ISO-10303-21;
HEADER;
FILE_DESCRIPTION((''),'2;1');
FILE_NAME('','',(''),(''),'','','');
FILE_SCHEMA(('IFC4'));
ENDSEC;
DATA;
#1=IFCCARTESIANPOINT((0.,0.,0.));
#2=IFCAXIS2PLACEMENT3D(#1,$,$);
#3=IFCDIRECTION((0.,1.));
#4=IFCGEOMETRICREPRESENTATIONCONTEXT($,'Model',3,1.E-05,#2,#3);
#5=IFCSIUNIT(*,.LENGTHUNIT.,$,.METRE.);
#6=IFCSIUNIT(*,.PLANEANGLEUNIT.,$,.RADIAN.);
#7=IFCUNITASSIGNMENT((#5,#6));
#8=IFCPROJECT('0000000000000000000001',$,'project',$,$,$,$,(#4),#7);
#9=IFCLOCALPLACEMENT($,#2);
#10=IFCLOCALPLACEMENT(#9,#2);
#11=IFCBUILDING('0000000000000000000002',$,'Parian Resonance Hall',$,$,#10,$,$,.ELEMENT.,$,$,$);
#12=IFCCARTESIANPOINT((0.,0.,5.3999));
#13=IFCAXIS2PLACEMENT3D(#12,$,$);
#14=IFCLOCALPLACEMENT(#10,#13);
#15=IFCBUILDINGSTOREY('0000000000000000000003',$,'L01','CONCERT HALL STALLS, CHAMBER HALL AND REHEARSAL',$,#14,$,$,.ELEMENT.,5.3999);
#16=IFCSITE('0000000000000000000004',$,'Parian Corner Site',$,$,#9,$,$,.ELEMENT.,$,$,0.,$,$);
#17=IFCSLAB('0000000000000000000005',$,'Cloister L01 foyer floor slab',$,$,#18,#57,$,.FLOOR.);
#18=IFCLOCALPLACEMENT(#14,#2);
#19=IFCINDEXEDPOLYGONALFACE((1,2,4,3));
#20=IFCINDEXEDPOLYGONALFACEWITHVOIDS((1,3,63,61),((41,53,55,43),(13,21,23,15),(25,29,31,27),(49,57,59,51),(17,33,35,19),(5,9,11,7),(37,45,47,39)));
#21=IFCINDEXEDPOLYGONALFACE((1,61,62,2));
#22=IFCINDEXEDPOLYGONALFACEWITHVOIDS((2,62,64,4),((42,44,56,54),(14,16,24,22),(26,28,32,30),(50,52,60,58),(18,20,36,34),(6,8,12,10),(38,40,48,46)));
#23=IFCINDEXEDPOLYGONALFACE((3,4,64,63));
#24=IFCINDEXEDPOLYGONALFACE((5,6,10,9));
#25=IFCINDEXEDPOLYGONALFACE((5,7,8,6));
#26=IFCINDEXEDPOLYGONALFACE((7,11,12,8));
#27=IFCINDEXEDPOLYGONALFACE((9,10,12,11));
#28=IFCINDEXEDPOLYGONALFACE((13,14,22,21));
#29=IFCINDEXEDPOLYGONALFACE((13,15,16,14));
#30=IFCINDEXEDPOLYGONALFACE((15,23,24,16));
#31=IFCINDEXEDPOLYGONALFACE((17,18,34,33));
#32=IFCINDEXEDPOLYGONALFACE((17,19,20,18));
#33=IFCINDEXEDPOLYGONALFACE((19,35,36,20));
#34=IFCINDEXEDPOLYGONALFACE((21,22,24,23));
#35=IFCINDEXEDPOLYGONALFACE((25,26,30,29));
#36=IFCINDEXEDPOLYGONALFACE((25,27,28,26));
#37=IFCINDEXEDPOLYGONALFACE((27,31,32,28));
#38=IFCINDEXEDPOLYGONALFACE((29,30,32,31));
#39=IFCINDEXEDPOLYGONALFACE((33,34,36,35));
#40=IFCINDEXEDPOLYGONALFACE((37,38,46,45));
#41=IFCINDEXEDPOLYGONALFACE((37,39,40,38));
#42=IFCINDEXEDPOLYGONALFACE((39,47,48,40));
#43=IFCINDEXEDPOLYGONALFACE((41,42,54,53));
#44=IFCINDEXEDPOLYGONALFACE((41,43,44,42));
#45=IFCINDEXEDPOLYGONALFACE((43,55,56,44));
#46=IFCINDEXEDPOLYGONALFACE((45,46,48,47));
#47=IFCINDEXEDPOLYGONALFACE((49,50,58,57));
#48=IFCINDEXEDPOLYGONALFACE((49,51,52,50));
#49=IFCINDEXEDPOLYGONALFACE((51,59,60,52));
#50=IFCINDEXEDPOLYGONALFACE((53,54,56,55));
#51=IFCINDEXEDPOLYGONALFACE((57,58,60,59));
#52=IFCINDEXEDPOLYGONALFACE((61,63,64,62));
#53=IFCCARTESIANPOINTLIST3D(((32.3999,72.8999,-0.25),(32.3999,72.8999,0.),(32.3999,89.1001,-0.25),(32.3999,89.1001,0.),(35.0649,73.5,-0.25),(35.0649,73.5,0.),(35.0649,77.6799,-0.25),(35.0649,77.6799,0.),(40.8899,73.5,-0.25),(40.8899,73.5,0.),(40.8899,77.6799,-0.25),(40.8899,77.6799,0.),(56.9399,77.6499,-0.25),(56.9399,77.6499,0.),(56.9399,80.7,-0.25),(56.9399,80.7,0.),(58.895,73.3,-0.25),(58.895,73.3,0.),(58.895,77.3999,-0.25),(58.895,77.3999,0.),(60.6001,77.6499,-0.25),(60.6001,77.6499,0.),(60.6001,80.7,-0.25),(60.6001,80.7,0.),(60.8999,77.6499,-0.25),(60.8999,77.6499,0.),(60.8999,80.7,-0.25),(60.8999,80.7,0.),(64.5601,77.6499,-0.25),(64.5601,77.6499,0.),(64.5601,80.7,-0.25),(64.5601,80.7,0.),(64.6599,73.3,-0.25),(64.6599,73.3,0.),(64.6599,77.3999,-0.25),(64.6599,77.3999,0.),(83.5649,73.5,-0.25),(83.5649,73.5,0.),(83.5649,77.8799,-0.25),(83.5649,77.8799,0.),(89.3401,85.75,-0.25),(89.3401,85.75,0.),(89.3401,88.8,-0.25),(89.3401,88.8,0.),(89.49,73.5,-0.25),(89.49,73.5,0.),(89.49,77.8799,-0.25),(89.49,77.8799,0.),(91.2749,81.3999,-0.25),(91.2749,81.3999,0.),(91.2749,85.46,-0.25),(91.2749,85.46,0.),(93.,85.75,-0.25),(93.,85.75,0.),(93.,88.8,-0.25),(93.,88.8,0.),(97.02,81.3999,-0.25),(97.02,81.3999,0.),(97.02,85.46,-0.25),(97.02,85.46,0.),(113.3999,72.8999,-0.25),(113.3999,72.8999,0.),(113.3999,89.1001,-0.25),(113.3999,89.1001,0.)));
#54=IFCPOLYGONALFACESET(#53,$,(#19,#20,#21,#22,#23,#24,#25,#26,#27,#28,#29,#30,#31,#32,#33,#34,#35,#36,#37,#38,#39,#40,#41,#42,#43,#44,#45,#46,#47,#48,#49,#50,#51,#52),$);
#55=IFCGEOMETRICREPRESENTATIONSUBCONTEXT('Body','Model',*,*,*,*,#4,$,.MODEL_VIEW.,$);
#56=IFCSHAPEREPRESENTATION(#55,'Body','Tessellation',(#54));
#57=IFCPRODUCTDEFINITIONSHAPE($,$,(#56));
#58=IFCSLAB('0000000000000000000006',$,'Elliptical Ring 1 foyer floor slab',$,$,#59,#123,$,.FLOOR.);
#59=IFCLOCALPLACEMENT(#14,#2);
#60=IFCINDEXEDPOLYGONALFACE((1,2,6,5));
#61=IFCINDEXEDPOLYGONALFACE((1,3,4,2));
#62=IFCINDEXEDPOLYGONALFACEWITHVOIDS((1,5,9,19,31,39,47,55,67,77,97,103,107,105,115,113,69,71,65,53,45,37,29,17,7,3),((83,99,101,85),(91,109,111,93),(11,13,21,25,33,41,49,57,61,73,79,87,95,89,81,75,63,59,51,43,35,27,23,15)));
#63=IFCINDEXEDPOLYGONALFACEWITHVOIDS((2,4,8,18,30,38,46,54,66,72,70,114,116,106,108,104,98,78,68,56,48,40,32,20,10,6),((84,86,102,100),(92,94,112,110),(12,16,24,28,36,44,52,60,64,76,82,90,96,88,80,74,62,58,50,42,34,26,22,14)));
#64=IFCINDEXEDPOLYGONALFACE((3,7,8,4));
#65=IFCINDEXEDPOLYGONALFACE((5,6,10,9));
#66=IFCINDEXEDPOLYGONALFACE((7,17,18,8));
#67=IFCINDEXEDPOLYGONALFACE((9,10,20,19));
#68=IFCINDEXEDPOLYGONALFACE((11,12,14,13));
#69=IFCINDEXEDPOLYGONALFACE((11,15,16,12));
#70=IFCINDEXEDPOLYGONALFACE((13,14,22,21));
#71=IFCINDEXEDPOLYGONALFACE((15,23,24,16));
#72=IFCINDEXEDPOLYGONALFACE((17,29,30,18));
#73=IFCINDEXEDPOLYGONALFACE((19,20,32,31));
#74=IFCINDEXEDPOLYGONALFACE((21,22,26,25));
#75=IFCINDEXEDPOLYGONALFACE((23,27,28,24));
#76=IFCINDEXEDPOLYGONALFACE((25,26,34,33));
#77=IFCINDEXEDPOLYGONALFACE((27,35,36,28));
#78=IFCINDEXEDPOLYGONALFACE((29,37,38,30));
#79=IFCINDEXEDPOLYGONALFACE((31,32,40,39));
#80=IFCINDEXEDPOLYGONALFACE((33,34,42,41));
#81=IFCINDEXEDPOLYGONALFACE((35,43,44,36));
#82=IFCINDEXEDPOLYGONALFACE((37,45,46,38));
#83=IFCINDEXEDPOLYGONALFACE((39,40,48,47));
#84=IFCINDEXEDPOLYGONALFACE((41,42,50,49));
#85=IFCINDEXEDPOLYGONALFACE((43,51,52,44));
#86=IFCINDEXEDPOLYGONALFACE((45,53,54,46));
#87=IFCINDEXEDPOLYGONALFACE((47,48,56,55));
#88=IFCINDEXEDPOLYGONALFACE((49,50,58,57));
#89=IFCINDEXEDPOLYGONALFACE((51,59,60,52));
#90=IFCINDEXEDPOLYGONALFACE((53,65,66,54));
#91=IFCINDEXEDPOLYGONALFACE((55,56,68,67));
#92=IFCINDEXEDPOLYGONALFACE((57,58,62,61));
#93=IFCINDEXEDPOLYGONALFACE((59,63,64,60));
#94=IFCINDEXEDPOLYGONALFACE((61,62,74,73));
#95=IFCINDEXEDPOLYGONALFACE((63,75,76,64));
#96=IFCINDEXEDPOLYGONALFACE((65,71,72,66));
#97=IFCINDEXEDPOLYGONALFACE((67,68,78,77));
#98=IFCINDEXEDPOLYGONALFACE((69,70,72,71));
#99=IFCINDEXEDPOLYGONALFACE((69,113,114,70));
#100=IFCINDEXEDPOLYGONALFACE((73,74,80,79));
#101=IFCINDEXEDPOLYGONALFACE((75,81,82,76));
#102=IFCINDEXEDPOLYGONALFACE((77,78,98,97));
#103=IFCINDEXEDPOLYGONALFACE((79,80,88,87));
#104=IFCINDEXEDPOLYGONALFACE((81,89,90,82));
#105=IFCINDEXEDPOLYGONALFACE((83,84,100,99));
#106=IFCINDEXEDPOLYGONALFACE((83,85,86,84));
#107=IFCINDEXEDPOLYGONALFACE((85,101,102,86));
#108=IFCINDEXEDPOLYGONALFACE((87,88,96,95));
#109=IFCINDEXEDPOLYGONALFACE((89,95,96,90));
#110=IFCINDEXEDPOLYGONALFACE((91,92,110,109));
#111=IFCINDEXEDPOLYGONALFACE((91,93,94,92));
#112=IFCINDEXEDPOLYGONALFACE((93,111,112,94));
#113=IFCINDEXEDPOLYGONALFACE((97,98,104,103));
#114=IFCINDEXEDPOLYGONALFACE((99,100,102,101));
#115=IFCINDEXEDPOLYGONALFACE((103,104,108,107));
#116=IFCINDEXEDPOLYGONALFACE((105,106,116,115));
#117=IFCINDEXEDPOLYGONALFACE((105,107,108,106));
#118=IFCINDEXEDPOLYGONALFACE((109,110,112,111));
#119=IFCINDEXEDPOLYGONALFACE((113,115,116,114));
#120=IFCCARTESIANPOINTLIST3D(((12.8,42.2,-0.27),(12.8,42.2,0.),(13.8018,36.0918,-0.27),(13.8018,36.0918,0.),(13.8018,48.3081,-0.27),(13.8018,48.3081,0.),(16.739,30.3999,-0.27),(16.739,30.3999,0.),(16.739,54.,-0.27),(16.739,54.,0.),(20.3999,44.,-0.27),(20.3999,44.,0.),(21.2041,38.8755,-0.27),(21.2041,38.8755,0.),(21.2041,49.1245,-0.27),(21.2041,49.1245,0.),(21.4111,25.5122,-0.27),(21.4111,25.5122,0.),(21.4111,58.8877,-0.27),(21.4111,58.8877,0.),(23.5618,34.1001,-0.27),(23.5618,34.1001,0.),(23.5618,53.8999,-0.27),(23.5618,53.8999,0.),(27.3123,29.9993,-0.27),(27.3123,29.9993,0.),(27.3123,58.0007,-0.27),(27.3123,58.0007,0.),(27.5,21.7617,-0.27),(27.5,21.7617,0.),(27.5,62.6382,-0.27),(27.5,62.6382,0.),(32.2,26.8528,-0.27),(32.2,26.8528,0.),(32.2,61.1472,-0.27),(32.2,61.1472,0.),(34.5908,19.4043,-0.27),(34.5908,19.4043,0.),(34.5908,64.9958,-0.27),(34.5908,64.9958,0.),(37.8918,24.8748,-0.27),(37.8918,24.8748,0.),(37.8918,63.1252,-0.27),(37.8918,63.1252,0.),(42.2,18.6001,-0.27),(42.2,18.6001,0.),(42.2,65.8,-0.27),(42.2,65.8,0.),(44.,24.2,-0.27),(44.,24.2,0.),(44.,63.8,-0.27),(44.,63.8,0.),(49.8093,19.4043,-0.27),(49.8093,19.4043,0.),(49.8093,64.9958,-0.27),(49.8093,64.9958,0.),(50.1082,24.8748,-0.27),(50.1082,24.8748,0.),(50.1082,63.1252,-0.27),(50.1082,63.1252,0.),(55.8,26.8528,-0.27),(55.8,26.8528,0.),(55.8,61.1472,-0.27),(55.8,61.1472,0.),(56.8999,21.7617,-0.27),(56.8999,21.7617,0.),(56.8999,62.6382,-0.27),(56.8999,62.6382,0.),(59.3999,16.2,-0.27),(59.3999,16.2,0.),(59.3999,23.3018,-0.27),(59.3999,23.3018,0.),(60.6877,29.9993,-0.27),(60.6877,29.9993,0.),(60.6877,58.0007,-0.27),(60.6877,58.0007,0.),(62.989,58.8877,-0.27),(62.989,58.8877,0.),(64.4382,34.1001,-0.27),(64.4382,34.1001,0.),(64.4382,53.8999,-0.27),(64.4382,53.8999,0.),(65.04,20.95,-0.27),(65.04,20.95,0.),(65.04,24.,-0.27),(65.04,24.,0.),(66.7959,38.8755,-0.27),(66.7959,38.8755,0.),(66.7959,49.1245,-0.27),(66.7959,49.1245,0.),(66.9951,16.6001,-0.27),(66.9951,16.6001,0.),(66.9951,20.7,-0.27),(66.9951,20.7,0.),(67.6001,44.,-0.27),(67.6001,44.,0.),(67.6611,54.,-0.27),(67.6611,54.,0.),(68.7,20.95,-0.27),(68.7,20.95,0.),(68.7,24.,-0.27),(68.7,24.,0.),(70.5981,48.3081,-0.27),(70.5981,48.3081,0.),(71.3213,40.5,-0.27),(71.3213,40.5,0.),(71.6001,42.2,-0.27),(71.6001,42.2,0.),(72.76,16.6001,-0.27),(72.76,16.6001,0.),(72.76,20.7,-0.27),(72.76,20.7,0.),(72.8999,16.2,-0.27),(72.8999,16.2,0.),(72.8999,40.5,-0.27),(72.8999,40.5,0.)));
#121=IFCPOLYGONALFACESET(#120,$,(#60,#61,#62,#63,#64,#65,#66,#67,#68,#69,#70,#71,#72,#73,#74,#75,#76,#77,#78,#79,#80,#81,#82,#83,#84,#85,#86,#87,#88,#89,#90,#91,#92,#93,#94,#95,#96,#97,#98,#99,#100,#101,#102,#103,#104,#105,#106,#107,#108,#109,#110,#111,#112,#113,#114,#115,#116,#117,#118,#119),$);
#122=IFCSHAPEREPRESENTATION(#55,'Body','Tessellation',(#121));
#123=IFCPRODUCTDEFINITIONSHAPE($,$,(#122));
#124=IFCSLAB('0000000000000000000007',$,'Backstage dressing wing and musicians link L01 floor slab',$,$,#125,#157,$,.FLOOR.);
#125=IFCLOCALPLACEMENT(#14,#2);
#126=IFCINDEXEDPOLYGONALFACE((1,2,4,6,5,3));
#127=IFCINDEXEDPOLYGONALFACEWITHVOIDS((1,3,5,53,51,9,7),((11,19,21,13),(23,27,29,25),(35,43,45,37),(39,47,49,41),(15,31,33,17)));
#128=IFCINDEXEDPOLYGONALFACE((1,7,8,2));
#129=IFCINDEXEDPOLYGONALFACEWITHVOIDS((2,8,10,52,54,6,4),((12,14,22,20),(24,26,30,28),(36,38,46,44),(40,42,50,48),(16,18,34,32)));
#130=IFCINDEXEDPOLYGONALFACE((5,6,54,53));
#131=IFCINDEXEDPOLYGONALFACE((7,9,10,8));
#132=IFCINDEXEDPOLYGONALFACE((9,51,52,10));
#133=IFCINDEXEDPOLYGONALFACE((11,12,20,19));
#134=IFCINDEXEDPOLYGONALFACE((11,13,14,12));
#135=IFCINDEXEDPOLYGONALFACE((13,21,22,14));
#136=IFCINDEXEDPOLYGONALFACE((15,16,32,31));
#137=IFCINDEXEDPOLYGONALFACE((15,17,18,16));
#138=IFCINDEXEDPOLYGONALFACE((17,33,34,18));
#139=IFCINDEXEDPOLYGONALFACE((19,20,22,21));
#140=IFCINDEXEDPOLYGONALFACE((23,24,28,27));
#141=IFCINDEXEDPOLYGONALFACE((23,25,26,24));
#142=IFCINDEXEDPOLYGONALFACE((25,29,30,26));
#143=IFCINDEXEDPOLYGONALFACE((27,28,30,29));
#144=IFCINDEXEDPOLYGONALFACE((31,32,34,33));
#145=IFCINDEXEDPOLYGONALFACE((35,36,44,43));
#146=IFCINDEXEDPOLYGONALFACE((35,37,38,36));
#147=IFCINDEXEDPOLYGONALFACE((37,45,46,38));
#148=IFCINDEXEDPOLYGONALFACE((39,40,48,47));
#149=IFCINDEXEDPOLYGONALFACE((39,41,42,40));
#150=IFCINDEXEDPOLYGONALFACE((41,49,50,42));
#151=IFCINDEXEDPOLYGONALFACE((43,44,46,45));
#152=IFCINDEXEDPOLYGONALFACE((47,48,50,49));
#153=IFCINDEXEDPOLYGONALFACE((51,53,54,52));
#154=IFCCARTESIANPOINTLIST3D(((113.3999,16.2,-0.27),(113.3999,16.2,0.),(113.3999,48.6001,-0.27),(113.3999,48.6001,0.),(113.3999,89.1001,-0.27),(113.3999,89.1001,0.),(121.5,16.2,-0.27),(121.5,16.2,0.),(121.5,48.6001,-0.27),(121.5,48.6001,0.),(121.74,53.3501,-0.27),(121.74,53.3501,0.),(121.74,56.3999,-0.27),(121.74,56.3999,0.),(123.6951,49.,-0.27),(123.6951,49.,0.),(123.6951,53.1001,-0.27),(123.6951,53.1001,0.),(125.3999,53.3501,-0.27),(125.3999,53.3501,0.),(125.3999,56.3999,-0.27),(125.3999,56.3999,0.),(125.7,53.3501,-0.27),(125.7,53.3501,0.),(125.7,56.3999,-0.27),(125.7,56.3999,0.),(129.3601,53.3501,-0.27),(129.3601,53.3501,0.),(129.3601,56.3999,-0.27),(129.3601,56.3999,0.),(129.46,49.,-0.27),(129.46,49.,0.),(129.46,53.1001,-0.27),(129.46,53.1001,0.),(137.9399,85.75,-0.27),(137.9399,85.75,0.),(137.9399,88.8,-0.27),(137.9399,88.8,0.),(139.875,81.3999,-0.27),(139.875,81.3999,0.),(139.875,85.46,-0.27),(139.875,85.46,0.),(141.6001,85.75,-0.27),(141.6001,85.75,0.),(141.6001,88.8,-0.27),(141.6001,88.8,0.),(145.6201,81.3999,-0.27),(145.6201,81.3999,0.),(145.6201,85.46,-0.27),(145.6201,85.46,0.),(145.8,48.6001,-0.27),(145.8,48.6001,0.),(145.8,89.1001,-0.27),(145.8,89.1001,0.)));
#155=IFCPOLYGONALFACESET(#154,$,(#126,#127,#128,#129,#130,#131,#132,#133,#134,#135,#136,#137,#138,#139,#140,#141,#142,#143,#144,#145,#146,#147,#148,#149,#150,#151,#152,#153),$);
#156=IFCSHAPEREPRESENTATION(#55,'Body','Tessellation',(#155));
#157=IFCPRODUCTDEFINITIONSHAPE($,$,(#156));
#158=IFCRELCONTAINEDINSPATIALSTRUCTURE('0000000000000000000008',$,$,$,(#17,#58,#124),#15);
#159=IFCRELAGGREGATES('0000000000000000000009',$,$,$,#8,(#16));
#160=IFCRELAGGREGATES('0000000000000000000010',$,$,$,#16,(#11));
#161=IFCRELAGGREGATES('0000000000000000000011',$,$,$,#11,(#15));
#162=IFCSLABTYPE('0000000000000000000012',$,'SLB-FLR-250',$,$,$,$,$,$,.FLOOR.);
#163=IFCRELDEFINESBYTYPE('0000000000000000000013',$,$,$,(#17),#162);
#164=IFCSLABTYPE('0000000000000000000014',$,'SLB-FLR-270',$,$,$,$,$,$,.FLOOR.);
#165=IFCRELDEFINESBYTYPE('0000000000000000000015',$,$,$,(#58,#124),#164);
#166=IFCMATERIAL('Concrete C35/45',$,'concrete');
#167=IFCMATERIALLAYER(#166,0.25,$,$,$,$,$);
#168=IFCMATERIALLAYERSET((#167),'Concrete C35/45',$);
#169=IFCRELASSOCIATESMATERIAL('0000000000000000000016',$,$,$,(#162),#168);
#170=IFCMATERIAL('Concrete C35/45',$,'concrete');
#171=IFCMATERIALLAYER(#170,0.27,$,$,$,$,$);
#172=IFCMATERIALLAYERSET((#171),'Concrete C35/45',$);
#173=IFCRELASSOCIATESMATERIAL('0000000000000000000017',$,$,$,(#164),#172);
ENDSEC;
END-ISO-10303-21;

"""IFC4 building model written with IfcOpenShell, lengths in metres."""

from ifc_helpers import new_model, si_unit, direction, frame, origin, place, context, subcontext, project, spatial, polyline, outline, extrude, material, layer, layer_set, type_object, element, save


model = new_model("IFC4")

# Units and contexts
model_context = context("Model", 3, precision=1e-05, world=origin(), true_north=direction((0.0, 1.0)))
body_context = subcontext(model_context, "Body", "Model", "MODEL_VIEW")
ifc_project = project(units=[si_unit("LENGTHUNIT", "METRE"), si_unit("PLANEANGLEUNIT", "RADIAN")], contexts=[model_context])

# Site, building, storey
site_placement = place(None, origin())
site = spatial("IfcSite", under=ifc_project, at=site_placement, Name="Parian Corner Site", CompositionType="ELEMENT", RefElevation=0.0)
building_placement = place(site_placement, origin())
building = spatial("IfcBuilding", under=site, at=building_placement, Name="Parian Resonance Hall", CompositionType="ELEMENT")
storey_placement = place(building_placement, frame((0.0, 0.0, 5.3999)))
storey = spatial("IfcBuildingStorey", under=building, at=storey_placement, Name="L01", Description="CONCERT HALL STALLS, CHAMBER HALL AND REHEARSAL", CompositionType="ELEMENT", Elevation=5.3999)

# Slabs
ifc_material_1 = material(Name="Concrete C35/45", Category="concrete")
ifc_layer_1 = layer(ifc_material_1, 0.25)
ifc_layer_set_1 = layer_set([ifc_layer_1], Name="Concrete C35/45")
slab_type_1 = type_object("IfcSlabType", Name="SLB-FLR-250", PredefinedType="FLOOR", material=ifc_layer_set_1)
slab_1_placement = place(storey_placement, frame((0.0, 0.0, -0.25)))
element("IfcSlab", 1, at=slab_1_placement, inside=storey, type_object=slab_type_1, Name="Cloister L01 foyer floor slab", PredefinedType="FLOOR", context=body_context, shape_type="SweptSolid", body=[
    extrude(outline(polyline([(32.3999, 72.8999), (113.3999, 72.8999), (113.3999, 89.1001), (32.3999, 89.1001), (32.3999, 72.8999)]), holes=[polyline([(64.6599, 77.3999), (64.6599, 73.3), (58.895, 73.3), (58.895, 77.3999), (64.6599, 77.3999)]), polyline([(40.8899, 73.5), (35.0649, 73.5), (35.0649, 77.6799), (40.8899, 77.6799), (40.8899, 73.5)]), polyline([(89.49, 73.5), (83.5649, 73.5), (83.5649, 77.8799), (89.49, 77.8799), (89.49, 73.5)]), polyline([(60.6001, 77.6499), (56.9399, 77.6499), (56.9399, 80.7), (60.6001, 80.7), (60.6001, 77.6499)]), polyline([(64.5601, 77.6499), (60.8999, 77.6499), (60.8999, 80.7), (64.5601, 80.7), (64.5601, 77.6499)]), polyline([(97.02, 81.3999), (91.2749, 81.3999), (91.2749, 85.46), (97.02, 85.46), (97.02, 81.3999)]), polyline([(93.0, 85.75), (89.3401, 85.75), (89.3401, 88.8), (93.0, 88.8), (93.0, 85.75)])]), origin(), (0.0, 0.0, 1.0), 0.25),
])
ifc_material_2 = material(Name="Concrete C35/45", Category="concrete")
ifc_layer_2 = layer(ifc_material_2, 0.27)
ifc_layer_set_2 = layer_set([ifc_layer_2], Name="Concrete C35/45")
slab_type_2 = type_object("IfcSlabType", Name="SLB-FLR-270", PredefinedType="FLOOR", material=ifc_layer_set_2)
slab_2_placement = place(storey_placement, frame((0.0, 0.0, -0.27)))
element("IfcSlab", 2, at=slab_2_placement, inside=storey, type_object=slab_type_2, Name="Elliptical Ring 1 foyer floor slab", PredefinedType="FLOOR", context=body_context, shape_type="SweptSolid", body=[
    extrude(outline(polyline([(72.8999, 16.2), (72.8999, 40.5), (71.3213, 40.5), (71.6001, 42.2), (70.5981, 48.3081), (67.6611, 54.0), (62.989, 58.8877), (56.8999, 62.6382), (49.8093, 64.9958), (42.2, 65.8), (34.5908, 64.9958), (27.5, 62.6382), (21.4111, 58.8877), (16.739, 54.0), (13.8018, 48.3081), (12.8, 42.2), (13.8018, 36.0918), (16.739, 30.3999), (21.4111, 25.5122), (27.5, 21.7617), (34.5908, 19.4043), (42.2, 18.6001), (49.8093, 19.4043), (56.8999, 21.7617), (59.3999, 23.3018), (59.3999, 16.2), (72.8999, 16.2)]), holes=[polyline([(66.7959, 49.1245), (67.6001, 44.0), (66.7959, 38.8755), (64.4382, 34.1001), (60.6877, 29.9993), (55.8, 26.8528), (50.1082, 24.8748), (44.0, 24.2), (37.8918, 24.8748), (32.2, 26.8528), (27.3123, 29.9993), (23.5618, 34.1001), (21.2041, 38.8755), (20.3999, 44.0), (21.2041, 49.1245), (23.5618, 53.8999), (27.3123, 58.0007), (32.2, 61.1472), (37.8918, 63.1252), (44.0, 63.8), (50.1082, 63.1252), (55.8, 61.1472), (60.6877, 58.0007), (64.4382, 53.8999), (66.7959, 49.1245)]), polyline([(66.9951, 20.7), (72.76, 20.7), (72.76, 16.6001), (66.9951, 16.6001), (66.9951, 20.7)]), polyline([(65.04, 24.0), (68.7, 24.0), (68.7, 20.95), (65.04, 20.95), (65.04, 24.0)])]), origin(), (0.0, 0.0, 1.0), 0.27),
])
slab_3_placement = place(storey_placement, frame((0.0, 0.0, -0.27)))
element("IfcSlab", 3, at=slab_3_placement, inside=storey, type_object=slab_type_2, Name="Backstage dressing wing and musicians link L01 floor slab", PredefinedType="FLOOR", context=body_context, shape_type="SweptSolid", body=[
    extrude(outline(polyline([(121.5, 16.2), (121.5, 48.6001), (145.8, 48.6001), (145.8, 89.1001), (113.3999, 89.1001), (113.3999, 48.6001), (113.3999, 16.2), (121.5, 16.2)]), holes=[polyline([(129.46, 53.1001), (129.46, 49.0), (123.6951, 49.0), (123.6951, 53.1001), (129.46, 53.1001)]), polyline([(125.3999, 56.3999), (125.3999, 53.3501), (121.74, 53.3501), (121.74, 56.3999), (125.3999, 56.3999)]), polyline([(129.3601, 56.3999), (129.3601, 53.3501), (125.7, 53.3501), (125.7, 56.3999), (129.3601, 56.3999)]), polyline([(145.6201, 81.3999), (139.875, 81.3999), (139.875, 85.46), (145.6201, 85.46), (145.6201, 81.3999)]), polyline([(141.6001, 85.75), (137.9399, 85.75), (137.9399, 88.8), (141.6001, 88.8), (141.6001, 85.75)])]), origin(), (0.0, 0.0, 1.0), 0.27),
])

save(model, "model.ifc")
